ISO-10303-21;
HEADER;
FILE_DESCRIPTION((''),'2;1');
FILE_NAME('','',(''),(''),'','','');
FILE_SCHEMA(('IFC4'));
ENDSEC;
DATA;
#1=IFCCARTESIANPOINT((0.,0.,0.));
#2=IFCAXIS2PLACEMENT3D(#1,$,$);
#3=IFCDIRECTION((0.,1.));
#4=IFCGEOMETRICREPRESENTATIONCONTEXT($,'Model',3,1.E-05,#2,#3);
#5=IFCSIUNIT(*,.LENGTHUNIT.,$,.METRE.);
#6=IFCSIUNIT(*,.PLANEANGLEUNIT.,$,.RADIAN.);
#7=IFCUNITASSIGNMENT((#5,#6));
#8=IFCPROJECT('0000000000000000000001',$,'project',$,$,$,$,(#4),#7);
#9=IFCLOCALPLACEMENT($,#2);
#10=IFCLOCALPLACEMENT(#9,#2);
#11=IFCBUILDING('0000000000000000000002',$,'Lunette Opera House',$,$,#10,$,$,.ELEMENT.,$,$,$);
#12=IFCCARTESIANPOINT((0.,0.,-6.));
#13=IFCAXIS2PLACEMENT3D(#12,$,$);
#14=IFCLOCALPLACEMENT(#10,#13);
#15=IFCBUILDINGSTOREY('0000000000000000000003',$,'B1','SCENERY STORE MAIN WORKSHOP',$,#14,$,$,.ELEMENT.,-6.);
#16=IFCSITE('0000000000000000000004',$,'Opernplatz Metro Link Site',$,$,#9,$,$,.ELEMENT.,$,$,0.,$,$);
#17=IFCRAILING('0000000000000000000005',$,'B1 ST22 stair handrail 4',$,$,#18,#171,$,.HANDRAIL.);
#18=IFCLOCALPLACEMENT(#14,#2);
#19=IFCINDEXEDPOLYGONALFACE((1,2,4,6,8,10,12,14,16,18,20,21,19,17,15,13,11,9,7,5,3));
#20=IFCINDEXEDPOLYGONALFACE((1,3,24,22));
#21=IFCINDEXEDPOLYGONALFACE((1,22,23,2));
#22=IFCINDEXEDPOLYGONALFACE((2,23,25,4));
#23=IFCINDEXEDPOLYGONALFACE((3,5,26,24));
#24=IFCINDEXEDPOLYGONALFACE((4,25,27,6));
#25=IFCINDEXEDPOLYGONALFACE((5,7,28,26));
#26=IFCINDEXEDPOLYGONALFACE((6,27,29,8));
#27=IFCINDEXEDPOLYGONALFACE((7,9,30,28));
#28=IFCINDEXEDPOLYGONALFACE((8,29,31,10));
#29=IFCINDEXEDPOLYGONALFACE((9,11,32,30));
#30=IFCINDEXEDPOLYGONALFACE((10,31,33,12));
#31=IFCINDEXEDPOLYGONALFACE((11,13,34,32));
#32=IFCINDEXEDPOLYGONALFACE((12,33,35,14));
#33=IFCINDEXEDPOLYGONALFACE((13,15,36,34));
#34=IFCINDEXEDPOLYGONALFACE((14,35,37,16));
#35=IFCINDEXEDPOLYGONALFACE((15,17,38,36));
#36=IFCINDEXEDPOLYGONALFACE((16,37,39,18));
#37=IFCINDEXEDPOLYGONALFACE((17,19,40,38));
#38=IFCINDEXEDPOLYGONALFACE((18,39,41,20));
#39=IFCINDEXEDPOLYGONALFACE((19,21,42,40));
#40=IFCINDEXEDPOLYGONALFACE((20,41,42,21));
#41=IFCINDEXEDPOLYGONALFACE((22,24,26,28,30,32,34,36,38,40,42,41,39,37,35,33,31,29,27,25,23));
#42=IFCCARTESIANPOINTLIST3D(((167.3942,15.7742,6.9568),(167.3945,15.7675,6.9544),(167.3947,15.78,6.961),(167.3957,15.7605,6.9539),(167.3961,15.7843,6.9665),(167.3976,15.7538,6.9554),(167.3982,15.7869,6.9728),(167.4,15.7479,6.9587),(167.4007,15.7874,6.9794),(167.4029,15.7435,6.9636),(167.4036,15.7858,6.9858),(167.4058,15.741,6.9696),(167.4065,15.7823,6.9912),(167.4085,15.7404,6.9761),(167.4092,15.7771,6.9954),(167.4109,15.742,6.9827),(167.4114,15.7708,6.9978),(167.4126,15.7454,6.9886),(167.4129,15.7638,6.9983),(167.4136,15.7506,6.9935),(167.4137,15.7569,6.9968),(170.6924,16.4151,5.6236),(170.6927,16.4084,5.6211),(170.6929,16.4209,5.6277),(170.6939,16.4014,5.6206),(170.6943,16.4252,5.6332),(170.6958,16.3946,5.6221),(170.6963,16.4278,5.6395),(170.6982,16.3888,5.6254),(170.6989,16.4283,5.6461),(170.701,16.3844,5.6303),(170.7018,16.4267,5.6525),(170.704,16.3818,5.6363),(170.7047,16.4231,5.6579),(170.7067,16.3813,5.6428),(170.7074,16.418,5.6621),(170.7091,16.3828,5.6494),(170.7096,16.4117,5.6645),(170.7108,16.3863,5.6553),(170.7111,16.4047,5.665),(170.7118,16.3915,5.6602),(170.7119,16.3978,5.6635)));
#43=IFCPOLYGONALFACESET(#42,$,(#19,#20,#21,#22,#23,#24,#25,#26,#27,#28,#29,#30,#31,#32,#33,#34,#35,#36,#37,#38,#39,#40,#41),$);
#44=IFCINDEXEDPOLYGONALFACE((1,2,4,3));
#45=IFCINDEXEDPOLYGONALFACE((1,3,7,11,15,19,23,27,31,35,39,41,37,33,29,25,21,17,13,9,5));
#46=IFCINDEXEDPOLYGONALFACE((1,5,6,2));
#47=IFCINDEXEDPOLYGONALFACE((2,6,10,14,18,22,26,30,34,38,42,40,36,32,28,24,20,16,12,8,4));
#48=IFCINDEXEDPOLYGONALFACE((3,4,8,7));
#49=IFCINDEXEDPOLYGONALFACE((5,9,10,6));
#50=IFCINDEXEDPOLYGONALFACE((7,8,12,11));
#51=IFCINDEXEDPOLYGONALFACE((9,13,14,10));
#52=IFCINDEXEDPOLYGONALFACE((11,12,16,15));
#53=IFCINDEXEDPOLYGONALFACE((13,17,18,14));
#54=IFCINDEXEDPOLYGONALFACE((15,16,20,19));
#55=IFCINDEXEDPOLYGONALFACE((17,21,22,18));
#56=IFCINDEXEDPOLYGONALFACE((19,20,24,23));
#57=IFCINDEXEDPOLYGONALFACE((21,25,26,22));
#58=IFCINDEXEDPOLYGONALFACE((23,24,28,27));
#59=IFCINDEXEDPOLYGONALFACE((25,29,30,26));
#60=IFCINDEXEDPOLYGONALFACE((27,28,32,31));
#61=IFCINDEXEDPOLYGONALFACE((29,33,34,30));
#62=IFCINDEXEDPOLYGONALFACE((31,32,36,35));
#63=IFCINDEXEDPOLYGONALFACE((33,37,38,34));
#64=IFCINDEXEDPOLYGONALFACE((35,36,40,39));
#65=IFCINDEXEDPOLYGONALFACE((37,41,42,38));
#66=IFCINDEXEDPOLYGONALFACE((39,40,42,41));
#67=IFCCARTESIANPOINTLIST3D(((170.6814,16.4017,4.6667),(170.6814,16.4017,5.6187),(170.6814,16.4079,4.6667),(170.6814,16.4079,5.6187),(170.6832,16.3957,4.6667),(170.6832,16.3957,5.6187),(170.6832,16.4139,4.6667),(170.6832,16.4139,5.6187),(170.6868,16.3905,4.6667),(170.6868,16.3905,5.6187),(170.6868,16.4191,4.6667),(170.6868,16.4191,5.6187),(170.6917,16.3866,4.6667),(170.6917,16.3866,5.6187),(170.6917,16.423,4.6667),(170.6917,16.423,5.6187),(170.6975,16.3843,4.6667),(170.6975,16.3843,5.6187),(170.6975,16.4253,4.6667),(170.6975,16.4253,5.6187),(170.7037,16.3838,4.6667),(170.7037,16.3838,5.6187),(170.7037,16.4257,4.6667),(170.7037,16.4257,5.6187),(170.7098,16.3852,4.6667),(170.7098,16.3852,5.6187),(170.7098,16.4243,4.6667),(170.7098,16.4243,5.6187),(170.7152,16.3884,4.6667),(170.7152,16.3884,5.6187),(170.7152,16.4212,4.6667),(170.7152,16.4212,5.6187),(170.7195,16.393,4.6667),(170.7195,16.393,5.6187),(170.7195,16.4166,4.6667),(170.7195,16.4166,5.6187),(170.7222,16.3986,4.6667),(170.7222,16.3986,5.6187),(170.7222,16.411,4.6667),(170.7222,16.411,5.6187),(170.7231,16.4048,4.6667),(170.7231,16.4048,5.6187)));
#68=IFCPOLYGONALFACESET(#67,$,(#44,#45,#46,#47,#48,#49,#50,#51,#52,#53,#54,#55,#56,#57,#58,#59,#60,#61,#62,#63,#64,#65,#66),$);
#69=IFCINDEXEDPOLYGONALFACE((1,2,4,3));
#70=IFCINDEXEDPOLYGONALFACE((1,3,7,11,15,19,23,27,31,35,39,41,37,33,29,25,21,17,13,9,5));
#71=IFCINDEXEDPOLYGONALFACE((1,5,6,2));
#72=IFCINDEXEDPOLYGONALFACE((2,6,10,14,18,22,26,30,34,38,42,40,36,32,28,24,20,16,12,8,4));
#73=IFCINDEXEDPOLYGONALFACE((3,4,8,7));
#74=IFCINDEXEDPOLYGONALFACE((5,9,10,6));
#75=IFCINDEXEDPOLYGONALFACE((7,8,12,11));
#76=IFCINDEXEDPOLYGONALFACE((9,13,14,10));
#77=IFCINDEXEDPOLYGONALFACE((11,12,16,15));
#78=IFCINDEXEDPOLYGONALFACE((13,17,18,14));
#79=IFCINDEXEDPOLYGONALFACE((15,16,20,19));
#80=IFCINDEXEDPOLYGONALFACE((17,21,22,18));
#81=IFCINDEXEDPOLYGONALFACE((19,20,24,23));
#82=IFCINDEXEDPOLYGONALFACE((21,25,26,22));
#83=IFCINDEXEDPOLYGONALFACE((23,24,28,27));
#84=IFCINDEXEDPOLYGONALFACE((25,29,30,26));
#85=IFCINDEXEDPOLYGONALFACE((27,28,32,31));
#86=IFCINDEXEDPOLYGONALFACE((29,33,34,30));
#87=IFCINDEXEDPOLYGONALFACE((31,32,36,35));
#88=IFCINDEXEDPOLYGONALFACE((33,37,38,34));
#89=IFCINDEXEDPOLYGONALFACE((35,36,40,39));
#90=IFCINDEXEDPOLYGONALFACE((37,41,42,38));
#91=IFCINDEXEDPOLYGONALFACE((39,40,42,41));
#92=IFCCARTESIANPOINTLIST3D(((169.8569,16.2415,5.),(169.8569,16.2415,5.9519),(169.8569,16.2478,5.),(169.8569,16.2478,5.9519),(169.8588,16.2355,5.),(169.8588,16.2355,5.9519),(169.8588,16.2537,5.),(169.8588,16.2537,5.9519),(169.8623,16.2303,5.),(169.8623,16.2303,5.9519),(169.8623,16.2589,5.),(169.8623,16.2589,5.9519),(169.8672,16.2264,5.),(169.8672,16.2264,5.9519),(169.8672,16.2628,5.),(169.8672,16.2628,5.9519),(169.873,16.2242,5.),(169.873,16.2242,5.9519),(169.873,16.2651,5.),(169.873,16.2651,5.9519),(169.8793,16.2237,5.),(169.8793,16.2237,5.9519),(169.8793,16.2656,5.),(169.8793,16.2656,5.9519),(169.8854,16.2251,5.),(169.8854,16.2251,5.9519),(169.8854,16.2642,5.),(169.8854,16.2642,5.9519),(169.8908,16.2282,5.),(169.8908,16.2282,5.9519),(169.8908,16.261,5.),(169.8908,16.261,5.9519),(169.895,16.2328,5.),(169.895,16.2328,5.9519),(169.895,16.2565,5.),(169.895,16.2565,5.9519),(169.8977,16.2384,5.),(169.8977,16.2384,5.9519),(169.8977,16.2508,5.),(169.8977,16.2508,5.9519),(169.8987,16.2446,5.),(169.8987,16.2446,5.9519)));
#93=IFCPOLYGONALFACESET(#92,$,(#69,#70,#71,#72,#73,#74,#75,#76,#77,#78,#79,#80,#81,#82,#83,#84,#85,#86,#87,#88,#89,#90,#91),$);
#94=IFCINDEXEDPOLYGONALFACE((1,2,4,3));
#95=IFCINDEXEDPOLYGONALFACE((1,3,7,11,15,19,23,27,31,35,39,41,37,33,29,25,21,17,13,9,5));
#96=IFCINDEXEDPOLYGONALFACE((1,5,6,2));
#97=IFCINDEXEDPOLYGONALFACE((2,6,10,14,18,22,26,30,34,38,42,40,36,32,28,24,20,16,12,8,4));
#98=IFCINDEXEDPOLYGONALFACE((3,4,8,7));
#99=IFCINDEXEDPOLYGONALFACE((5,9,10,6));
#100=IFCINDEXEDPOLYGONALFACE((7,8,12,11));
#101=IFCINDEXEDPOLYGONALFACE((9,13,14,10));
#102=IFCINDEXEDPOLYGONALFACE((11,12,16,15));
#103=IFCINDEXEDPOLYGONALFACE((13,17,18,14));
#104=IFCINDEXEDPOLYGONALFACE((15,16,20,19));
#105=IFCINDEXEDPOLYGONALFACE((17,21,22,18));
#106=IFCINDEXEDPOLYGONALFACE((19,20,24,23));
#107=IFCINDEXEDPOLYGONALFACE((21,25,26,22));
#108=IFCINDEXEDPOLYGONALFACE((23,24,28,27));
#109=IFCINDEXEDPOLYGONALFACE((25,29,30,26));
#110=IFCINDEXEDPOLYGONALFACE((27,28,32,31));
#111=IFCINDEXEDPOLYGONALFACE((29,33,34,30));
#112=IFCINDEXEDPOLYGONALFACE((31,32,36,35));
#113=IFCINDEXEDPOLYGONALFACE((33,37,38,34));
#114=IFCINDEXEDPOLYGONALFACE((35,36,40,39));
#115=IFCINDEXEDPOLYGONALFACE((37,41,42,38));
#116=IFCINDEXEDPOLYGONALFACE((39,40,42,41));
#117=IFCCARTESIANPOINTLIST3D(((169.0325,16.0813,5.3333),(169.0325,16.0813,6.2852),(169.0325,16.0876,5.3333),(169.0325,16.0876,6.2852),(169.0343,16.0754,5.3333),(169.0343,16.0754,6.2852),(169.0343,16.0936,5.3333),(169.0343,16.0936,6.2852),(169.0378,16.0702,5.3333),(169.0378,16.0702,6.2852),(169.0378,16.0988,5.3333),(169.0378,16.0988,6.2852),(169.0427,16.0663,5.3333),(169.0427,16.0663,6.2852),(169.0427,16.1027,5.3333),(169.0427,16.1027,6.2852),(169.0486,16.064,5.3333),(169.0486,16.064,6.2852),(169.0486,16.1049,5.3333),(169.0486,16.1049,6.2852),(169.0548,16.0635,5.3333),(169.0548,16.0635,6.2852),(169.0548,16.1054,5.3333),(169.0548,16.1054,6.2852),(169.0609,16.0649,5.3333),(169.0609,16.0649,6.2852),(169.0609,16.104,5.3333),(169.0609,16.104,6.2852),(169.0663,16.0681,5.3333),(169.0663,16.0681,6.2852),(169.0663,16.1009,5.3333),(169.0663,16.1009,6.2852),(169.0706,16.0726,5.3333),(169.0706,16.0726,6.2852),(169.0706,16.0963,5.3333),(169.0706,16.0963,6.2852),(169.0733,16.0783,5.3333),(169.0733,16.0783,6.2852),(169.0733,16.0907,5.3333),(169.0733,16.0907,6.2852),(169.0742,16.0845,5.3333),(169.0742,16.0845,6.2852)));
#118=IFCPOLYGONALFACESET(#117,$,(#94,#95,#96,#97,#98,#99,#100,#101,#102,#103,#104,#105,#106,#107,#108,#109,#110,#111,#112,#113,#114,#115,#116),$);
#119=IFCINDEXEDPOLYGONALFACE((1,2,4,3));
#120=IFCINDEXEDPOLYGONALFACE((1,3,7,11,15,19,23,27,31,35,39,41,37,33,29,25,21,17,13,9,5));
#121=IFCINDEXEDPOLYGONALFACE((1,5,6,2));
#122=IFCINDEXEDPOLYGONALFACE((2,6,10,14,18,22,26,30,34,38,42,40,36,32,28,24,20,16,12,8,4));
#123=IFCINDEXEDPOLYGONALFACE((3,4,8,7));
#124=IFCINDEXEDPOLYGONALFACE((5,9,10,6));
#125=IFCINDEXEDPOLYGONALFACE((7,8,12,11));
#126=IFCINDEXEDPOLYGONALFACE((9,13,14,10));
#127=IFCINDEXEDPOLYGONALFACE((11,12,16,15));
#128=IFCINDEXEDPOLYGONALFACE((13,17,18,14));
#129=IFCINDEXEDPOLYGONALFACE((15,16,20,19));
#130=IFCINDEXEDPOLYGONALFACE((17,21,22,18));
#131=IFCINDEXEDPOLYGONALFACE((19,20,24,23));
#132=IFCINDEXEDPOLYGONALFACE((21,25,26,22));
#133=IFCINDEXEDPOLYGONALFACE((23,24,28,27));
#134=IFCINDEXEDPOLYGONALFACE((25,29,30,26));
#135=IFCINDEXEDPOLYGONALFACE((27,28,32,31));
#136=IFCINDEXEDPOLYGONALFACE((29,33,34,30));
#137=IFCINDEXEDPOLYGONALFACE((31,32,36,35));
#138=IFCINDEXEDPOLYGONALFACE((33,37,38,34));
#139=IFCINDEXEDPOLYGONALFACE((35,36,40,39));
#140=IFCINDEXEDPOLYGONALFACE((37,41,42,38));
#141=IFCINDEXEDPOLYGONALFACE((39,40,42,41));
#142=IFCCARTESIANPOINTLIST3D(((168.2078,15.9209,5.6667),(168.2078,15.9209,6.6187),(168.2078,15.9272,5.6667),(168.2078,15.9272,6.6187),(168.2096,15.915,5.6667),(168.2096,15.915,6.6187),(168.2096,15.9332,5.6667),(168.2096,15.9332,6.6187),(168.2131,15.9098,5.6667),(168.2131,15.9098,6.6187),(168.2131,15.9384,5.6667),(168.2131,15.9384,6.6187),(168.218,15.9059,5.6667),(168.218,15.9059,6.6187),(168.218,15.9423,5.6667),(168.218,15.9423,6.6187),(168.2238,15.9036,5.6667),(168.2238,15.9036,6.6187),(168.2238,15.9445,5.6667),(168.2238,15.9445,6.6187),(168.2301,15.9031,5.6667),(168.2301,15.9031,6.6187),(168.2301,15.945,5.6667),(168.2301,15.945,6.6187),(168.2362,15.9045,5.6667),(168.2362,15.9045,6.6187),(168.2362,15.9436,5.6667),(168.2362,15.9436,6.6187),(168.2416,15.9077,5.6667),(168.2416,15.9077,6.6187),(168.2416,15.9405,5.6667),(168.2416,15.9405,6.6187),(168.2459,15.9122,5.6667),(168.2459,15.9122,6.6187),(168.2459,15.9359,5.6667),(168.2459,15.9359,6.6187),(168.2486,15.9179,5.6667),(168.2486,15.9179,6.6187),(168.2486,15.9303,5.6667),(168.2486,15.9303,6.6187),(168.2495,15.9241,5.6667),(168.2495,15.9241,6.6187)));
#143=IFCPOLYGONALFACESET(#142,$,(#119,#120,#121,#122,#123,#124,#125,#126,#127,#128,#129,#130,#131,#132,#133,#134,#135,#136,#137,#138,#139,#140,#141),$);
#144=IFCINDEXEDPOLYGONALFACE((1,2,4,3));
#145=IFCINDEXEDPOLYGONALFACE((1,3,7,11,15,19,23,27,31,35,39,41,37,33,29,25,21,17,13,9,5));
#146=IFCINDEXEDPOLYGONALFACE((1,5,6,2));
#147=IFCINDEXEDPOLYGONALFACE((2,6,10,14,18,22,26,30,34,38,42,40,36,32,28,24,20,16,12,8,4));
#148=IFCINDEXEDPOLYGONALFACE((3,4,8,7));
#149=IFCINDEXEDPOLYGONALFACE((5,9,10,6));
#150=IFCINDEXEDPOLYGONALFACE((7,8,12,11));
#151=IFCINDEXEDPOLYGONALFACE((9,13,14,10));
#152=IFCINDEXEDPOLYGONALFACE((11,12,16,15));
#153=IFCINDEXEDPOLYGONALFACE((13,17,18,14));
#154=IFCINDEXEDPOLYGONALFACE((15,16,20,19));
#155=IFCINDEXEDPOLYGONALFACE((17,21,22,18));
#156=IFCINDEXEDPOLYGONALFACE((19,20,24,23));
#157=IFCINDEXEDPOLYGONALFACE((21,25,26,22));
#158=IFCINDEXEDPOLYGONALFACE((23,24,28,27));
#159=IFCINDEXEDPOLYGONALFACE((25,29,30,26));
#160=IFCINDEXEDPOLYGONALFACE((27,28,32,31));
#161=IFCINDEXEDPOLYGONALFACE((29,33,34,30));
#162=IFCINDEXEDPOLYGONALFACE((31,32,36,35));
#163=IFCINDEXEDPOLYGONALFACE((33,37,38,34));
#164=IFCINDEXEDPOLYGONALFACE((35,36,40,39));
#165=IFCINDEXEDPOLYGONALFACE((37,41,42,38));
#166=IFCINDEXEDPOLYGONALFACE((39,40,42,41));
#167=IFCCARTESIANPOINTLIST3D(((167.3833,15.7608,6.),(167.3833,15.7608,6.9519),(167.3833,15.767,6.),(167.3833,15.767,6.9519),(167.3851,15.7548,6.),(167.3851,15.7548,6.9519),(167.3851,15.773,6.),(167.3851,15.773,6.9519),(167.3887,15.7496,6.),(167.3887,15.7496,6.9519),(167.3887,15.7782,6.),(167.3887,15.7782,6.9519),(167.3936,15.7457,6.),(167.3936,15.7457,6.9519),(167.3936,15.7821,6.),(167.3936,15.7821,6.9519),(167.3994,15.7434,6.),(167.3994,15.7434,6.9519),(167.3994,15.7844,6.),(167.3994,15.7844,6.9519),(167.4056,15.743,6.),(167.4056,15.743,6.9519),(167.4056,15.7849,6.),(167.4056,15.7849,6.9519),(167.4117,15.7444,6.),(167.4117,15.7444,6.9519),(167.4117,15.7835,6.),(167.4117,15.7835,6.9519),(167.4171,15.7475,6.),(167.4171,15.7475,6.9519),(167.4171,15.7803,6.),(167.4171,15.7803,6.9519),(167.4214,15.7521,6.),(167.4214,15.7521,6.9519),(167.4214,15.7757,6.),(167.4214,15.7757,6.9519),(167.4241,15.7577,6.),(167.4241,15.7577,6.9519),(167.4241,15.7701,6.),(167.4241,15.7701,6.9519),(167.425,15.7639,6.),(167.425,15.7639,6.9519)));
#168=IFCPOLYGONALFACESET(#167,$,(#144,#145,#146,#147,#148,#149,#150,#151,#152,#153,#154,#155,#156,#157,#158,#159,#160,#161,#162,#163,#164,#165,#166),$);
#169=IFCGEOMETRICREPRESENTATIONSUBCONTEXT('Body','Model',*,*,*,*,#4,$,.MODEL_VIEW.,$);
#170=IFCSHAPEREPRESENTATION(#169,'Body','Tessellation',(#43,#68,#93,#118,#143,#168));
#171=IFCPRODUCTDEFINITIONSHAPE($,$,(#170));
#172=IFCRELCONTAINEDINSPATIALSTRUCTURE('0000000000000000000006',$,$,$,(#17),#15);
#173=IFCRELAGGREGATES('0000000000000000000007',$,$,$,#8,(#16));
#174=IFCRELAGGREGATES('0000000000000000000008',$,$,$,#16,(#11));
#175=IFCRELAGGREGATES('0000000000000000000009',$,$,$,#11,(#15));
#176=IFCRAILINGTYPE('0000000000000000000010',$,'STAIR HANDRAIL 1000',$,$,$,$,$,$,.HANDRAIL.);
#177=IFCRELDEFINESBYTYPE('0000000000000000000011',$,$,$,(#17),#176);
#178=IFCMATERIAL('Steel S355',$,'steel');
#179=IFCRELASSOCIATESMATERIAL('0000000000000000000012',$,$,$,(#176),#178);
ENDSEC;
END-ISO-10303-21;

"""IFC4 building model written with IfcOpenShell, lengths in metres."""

from ifc_helpers import new_model, si_unit, direction, frame, origin, origin_2d, place, context, subcontext, project, spatial, circle, extrude, material, type_object, element, save


model = new_model("IFC4")

# Units and contexts
model_context = context("Model", 3, precision=1e-05, world=origin(), true_north=direction((0.0, 1.0)))
body_context = subcontext(model_context, "Body", "Model", "MODEL_VIEW")
ifc_project = project(units=[si_unit("LENGTHUNIT", "METRE"), si_unit("PLANEANGLEUNIT", "RADIAN")], contexts=[model_context])

# Site, building, storey
site_placement = place(None, origin())
site = spatial("IfcSite", under=ifc_project, at=site_placement, Name="Opernplatz Metro Link Site", CompositionType="ELEMENT", RefElevation=0.0)
building_placement = place(site_placement, origin())
building = spatial("IfcBuilding", under=site, at=building_placement, Name="Lunette Opera House", CompositionType="ELEMENT")
storey_placement = place(building_placement, frame((0.0, 0.0, -6.0)))
storey = spatial("IfcBuildingStorey", under=building, at=storey_placement, Name="B1", Description="SCENERY STORE MAIN WORKSHOP", CompositionType="ELEMENT", Elevation=-6.0)

# Railing
ifc_material_1 = material(Name="Steel S355", Category="steel")
railing_type_1 = type_object("IfcRailingType", Name="STAIR HANDRAIL 1000", PredefinedType="HANDRAIL", material=ifc_material_1)
for number, where, name in (
    (1, (170.7021, 16.4048, 4.6667), "B1 ST22 stair handrail 4"),
):
    element("IfcRailing", number, at=place(storey_placement, frame(where)), inside=storey, type_object=railing_type_1, Name=name, PredefinedType="HANDRAIL", context=body_context, shape_type="SweptSolid", body=[
        extrude(circle(Radius=0.0239, at=origin_2d()), frame((0.0, 0.0, 0.9761), z_axis=(-0.912424, -0.177298, 0.368847), x_axis=(0.190747, -0.981639, 0.0)), (0.0, 0.0, 1.0), 3.6147),
        extrude(circle(Radius=0.021, at=origin_2d()), origin(), (0.0, 0.0, 1.0), 0.9519),
        extrude(circle(Radius=0.021, at=origin_2d()), frame((-0.8245, -0.1602, 0.3333)), (0.0, 0.0, 1.0), 0.9519),
        extrude(circle(Radius=0.021, at=origin_2d()), frame((-1.6489, -0.3203, 0.6665)), (0.0, 0.0, 1.0), 0.9519),
        extrude(circle(Radius=0.021, at=origin_2d()), frame((-2.4736, -0.4807, 1.0)), (0.0, 0.0, 1.0), 0.9519),
        extrude(circle(Radius=0.021, at=origin_2d()), frame((-3.2981, -0.6409, 1.3333)), (0.0, 0.0, 1.0), 0.9519),
    ])

save(model, "model.ifc")
